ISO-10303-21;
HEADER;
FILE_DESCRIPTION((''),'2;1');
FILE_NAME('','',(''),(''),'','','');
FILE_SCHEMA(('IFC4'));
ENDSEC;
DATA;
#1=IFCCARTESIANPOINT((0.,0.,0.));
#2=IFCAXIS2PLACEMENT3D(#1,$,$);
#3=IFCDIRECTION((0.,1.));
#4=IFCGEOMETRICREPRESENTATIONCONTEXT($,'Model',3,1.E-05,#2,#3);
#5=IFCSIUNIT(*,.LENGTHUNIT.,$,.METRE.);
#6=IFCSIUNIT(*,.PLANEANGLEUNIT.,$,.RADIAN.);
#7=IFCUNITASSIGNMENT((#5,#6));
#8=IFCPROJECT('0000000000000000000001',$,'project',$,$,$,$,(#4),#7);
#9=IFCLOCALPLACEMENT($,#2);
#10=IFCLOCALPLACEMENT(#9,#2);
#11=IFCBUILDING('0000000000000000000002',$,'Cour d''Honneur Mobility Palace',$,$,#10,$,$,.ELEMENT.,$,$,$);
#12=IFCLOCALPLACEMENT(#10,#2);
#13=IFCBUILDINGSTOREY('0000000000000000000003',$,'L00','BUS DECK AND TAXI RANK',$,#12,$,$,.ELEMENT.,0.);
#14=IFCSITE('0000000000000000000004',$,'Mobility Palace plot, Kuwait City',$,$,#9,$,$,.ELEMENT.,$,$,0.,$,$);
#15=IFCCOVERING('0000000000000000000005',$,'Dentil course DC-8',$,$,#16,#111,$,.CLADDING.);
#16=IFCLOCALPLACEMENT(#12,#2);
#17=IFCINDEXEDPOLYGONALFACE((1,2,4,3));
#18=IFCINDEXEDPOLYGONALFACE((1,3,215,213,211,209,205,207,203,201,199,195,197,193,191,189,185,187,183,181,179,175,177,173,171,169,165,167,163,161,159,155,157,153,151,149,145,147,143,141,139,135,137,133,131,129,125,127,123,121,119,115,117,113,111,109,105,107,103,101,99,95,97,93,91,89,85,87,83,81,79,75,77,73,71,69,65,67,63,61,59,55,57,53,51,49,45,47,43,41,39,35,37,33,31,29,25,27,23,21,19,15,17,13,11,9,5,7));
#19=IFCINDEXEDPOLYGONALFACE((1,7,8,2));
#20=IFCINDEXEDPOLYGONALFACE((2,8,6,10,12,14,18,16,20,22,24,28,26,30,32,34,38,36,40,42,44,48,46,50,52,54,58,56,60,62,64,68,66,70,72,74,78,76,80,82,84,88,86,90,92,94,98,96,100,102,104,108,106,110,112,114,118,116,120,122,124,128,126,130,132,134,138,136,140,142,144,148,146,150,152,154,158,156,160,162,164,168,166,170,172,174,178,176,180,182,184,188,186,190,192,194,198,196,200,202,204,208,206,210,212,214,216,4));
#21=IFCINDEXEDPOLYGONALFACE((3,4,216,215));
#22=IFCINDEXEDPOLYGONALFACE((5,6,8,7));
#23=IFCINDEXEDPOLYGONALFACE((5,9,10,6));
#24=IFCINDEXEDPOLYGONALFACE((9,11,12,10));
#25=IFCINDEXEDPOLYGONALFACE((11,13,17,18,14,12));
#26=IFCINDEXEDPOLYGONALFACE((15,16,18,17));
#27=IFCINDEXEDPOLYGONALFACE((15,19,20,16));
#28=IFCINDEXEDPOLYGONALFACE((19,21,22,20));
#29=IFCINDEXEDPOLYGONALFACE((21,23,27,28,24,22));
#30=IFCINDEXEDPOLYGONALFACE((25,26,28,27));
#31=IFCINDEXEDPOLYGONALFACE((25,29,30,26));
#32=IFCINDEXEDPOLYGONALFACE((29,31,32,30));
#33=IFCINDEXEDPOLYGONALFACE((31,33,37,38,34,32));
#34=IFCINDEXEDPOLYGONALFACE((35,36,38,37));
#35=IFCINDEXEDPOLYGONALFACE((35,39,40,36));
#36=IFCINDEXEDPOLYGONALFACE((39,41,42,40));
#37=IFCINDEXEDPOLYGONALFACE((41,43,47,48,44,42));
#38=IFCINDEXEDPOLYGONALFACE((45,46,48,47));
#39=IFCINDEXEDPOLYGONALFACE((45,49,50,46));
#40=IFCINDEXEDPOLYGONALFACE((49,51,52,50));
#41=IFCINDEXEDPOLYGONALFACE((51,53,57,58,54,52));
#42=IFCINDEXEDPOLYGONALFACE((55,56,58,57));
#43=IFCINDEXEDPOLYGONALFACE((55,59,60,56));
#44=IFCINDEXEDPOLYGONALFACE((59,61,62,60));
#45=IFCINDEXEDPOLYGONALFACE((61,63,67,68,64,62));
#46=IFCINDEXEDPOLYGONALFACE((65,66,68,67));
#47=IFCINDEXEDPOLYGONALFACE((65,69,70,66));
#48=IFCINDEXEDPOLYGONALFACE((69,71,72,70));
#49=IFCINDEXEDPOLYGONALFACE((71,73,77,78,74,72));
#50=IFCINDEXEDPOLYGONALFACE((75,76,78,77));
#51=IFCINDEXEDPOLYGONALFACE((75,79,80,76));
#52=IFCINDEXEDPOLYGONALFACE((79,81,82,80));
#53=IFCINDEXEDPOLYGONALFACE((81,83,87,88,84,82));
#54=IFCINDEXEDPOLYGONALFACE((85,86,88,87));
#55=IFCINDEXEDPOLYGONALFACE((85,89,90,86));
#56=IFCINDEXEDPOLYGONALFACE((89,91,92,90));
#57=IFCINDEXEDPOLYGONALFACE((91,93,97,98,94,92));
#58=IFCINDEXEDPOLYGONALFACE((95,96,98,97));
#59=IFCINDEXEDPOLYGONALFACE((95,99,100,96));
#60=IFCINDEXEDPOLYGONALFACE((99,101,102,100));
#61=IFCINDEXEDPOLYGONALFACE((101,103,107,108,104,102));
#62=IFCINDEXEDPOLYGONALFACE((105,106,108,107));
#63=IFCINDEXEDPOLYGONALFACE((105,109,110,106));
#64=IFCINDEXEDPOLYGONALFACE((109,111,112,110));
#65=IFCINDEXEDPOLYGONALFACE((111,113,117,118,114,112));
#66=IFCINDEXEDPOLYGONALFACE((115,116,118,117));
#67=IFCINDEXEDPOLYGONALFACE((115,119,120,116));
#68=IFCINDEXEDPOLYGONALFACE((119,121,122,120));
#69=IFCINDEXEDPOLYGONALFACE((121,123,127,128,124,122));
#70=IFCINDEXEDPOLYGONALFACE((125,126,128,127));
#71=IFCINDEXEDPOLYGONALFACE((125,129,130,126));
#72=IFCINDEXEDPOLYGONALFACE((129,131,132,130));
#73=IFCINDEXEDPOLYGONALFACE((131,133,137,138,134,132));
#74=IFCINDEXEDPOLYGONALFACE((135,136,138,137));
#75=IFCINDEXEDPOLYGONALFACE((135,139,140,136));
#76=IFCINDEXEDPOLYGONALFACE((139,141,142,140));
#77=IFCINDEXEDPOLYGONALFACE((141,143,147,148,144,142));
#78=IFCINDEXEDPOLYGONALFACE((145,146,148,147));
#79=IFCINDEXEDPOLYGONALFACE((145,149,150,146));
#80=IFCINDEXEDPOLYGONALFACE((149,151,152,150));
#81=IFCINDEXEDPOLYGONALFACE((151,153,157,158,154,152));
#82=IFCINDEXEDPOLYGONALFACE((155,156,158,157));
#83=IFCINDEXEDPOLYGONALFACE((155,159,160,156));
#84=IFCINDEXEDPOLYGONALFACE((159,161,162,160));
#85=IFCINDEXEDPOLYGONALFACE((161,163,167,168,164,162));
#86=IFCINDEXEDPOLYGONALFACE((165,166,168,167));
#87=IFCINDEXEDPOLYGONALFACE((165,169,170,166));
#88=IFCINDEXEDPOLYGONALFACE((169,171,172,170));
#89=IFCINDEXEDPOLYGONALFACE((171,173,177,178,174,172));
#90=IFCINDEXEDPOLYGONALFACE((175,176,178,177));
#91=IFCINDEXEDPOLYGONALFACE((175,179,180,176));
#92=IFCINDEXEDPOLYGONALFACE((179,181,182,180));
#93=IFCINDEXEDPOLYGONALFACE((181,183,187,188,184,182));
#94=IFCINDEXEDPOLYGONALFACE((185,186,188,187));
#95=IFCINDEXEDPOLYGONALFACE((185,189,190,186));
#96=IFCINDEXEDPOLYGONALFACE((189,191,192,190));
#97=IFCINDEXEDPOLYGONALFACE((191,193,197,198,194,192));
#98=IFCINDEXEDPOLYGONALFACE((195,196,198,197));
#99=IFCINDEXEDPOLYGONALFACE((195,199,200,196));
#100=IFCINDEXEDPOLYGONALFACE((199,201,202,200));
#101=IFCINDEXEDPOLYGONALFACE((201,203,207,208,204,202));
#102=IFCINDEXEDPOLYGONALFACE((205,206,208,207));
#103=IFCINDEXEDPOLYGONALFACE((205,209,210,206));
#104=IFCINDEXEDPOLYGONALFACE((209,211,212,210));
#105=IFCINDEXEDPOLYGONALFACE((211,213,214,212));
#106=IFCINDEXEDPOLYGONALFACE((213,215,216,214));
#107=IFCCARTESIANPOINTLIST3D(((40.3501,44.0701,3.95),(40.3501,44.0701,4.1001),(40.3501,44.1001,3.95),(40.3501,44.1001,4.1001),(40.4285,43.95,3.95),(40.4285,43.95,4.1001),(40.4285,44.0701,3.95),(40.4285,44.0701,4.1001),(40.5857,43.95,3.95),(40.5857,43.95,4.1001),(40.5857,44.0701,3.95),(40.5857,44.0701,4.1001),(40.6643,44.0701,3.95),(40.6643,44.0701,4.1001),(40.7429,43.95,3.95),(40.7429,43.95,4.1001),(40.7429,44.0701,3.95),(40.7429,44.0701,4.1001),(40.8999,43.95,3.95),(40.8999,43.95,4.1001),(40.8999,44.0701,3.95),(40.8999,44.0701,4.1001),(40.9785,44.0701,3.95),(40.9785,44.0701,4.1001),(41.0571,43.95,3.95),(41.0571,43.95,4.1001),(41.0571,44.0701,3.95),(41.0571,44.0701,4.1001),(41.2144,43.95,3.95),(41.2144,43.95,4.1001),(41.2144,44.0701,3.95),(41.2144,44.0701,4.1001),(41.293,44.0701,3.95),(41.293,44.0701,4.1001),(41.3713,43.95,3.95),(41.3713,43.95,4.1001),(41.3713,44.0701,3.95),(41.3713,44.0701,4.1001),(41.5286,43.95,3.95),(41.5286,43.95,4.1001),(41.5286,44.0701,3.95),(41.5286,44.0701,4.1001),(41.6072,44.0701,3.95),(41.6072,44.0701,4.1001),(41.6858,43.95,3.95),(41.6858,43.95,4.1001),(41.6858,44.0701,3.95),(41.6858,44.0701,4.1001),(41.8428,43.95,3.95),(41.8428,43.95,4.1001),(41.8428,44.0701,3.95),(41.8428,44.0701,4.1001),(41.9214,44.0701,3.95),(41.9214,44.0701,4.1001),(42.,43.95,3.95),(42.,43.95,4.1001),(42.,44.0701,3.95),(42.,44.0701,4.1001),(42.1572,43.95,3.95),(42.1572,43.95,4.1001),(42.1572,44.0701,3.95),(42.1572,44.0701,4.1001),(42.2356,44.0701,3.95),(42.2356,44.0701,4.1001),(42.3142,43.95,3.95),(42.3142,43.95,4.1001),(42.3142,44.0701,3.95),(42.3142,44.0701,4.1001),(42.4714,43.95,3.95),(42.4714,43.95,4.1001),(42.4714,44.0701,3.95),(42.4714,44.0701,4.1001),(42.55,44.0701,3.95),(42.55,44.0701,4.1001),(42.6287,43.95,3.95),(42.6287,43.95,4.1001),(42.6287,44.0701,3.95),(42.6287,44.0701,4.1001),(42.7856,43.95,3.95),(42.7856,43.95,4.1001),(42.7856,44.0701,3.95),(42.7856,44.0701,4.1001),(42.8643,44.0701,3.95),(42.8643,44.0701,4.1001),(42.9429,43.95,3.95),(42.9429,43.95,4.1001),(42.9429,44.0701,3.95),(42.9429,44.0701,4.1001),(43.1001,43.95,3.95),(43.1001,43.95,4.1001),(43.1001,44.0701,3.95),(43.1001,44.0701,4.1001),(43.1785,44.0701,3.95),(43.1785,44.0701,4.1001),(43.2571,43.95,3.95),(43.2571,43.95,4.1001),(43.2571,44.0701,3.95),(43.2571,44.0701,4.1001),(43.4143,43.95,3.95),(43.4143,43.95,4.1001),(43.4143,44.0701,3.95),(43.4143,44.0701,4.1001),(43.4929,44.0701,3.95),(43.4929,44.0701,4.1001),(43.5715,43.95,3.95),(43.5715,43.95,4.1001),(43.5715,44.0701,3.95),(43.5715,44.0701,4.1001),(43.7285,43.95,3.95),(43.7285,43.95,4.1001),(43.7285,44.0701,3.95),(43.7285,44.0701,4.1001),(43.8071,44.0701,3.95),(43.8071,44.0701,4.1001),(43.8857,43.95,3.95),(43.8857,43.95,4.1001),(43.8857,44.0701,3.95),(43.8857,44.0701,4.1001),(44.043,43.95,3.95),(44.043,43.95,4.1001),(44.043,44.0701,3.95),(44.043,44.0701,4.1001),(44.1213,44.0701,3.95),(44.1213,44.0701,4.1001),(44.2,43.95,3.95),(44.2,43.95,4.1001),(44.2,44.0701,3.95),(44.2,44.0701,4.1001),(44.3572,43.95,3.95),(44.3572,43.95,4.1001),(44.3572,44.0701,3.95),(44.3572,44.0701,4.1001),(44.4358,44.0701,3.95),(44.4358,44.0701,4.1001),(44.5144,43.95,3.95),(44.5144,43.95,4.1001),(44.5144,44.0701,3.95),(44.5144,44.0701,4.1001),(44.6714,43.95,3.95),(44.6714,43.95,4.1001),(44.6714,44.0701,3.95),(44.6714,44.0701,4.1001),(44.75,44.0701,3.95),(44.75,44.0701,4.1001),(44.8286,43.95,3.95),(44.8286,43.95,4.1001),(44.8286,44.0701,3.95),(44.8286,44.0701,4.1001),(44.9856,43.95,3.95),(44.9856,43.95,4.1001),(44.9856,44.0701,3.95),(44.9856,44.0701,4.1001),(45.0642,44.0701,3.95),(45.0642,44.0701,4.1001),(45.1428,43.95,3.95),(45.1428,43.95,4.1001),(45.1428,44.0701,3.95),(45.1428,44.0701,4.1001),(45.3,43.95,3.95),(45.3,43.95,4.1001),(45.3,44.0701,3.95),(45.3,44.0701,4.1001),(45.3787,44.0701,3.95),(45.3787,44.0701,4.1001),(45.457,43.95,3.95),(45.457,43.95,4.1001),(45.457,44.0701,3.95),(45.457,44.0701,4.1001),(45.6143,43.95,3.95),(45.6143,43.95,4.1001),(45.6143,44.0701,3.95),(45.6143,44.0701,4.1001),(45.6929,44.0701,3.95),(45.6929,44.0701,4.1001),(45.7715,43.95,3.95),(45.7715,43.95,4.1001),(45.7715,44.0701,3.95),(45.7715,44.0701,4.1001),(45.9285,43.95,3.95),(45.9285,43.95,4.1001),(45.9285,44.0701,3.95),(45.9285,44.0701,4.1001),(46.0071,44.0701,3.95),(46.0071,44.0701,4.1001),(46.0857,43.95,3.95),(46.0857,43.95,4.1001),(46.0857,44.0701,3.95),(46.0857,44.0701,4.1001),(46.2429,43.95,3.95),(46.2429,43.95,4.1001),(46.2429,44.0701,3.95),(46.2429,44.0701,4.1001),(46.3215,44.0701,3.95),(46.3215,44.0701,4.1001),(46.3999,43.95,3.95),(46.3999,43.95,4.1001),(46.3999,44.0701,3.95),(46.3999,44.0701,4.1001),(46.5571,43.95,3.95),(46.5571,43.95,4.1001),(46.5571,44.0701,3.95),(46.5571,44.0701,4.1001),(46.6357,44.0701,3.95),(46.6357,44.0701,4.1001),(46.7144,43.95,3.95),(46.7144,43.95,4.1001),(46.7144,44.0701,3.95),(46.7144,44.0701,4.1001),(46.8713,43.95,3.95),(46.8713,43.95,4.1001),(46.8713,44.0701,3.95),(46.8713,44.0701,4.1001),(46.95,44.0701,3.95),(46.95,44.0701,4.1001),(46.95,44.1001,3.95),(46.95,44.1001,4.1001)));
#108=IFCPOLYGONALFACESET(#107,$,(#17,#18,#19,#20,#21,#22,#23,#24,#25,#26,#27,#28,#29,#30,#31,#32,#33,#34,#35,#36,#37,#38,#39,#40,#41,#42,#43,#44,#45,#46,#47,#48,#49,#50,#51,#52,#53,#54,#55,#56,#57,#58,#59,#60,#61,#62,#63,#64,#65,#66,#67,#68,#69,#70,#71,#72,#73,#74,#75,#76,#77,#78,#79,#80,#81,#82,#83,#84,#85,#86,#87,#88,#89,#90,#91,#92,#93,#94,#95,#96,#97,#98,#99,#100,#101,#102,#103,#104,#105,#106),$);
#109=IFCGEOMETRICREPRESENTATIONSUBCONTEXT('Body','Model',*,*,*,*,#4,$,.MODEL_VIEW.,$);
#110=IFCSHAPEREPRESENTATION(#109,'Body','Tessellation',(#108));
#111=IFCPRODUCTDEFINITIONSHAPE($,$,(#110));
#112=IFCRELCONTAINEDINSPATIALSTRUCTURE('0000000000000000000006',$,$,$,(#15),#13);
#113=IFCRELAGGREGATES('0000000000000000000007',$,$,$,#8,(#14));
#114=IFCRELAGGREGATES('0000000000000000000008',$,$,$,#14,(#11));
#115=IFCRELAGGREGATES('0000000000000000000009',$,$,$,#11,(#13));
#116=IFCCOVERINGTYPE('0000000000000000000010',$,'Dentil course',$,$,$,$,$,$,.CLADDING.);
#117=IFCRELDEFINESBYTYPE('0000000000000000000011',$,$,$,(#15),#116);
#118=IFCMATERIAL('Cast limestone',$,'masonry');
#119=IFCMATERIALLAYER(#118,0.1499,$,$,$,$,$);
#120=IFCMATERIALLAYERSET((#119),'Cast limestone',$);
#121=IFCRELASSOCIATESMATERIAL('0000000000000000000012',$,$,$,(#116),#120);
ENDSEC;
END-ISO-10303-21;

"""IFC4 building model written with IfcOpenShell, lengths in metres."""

from ifc_helpers import new_model, si_unit, direction, frame, origin, place, context, subcontext, project, spatial, polyline, outline, extrude, material, layer, layer_set, type_object, element, save


model = new_model("IFC4")

# Units and contexts
model_context = context("Model", 3, precision=1e-05, world=origin(), true_north=direction((0.0, 1.0)))
body_context = subcontext(model_context, "Body", "Model", "MODEL_VIEW")
ifc_project = project(units=[si_unit("LENGTHUNIT", "METRE"), si_unit("PLANEANGLEUNIT", "RADIAN")], contexts=[model_context])

# Site, building, storey
site_placement = place(None, origin())
site = spatial("IfcSite", under=ifc_project, at=site_placement, Name="Mobility Palace plot, Kuwait City", CompositionType="ELEMENT", RefElevation=0.0)
building_placement = place(site_placement, origin())
building = spatial("IfcBuilding", under=site, at=building_placement, Name="Cour d'Honneur Mobility Palace", CompositionType="ELEMENT")
storey_placement = place(building_placement, origin())
storey = spatial("IfcBuildingStorey", under=building, at=storey_placement, Name="L00", Description="BUS DECK AND TAXI RANK", CompositionType="ELEMENT", Elevation=0.0)

# Covering
ifc_material = material(Name="Cast limestone", Category="masonry")
ifc_layer = layer(ifc_material, 0.1499)
ifc_layer_set = layer_set([ifc_layer], Name="Cast limestone")
covering_type = type_object("IfcCoveringType", Name="Dentil course", PredefinedType="CLADDING", material=ifc_layer_set)
covering_1_placement = place(storey_placement, frame((0.0, 0.0, 3.95)))
element("IfcCovering", 1, at=covering_1_placement, inside=storey, type_object=covering_type, Name="Dentil course DC-8", PredefinedType="CLADDING", context=body_context, shape_type="SweptSolid", body=[
    extrude(outline(polyline([(40.3501, 44.1001), (46.95, 44.1001), (46.95, 44.0701), (46.95, 44.0701), (46.8713, 44.0701), (46.8713, 43.95), (46.7144, 43.95), (46.7144, 44.0701), (46.6357, 44.0701), (46.6357, 44.0701), (46.5571, 44.0701), (46.5571, 43.95), (46.3999, 43.95), (46.3999, 44.0701), (46.3215, 44.0701), (46.3215, 44.0701), (46.2429, 44.0701), (46.2429, 43.95), (46.0857, 43.95), (46.0857, 44.0701), (46.0071, 44.0701), (46.0071, 44.0701), (45.9285, 44.0701), (45.9285, 43.95), (45.7715, 43.95), (45.7715, 44.0701), (45.6929, 44.0701), (45.6929, 44.0701), (45.6143, 44.0701), (45.6143, 43.95), (45.457, 43.95), (45.457, 44.0701), (45.3787, 44.0701), (45.3787, 44.0701), (45.3, 44.0701), (45.3, 43.95), (45.1428, 43.95), (45.1428, 44.0701), (45.0642, 44.0701), (45.0642, 44.0701), (44.9856, 44.0701), (44.9856, 43.95), (44.8286, 43.95), (44.8286, 44.0701), (44.75, 44.0701), (44.75, 44.0701), (44.6714, 44.0701), (44.6714, 43.95), (44.5144, 43.95), (44.5144, 44.0701), (44.4358, 44.0701), (44.4358, 44.0701), (44.3572, 44.0701), (44.3572, 43.95), (44.2, 43.95), (44.2, 44.0701), (44.1213, 44.0701), (44.1213, 44.0701), (44.043, 44.0701), (44.043, 43.95), (43.8857, 43.95), (43.8857, 44.0701), (43.8071, 44.0701), (43.8071, 44.0701), (43.7285, 44.0701), (43.7285, 43.95), (43.5715, 43.95), (43.5715, 44.0701), (43.4929, 44.0701), (43.4929, 44.0701), (43.4143, 44.0701), (43.4143, 43.95), (43.2571, 43.95), (43.2571, 44.0701), (43.1785, 44.0701), (43.1785, 44.0701), (43.1001, 44.0701), (43.1001, 43.95), (42.9429, 43.95), (42.9429, 44.0701), (42.8643, 44.0701), (42.8643, 44.0701), (42.7856, 44.0701), (42.7856, 43.95), (42.6287, 43.95), (42.6287, 44.0701), (42.55, 44.0701), (42.55, 44.0701), (42.4714, 44.0701), (42.4714, 43.95), (42.3142, 43.95), (42.3142, 44.0701), (42.2356, 44.0701), (42.2356, 44.0701), (42.1572, 44.0701), (42.1572, 43.95), (42.0, 43.95), (42.0, 44.0701), (41.9214, 44.0701), (41.9214, 44.0701), (41.8428, 44.0701), (41.8428, 43.95), (41.6858, 43.95), (41.6858, 44.0701), (41.6072, 44.0701), (41.6072, 44.0701), (41.5286, 44.0701), (41.5286, 43.95), (41.3713, 43.95), (41.3713, 44.0701), (41.293, 44.0701), (41.293, 44.0701), (41.2144, 44.0701), (41.2144, 43.95), (41.0571, 43.95), (41.0571, 44.0701), (40.9785, 44.0701), (40.9785, 44.0701), (40.8999, 44.0701), (40.8999, 43.95), (40.7429, 43.95), (40.7429, 44.0701), (40.6643, 44.0701), (40.6643, 44.0701), (40.5857, 44.0701), (40.5857, 43.95), (40.4285, 43.95), (40.4285, 44.0701), (40.3501, 44.0701), (40.3501, 44.1001)])), origin(), (0.0, 0.0, 1.0), 0.1501),
])

save(model, "model.ifc")
